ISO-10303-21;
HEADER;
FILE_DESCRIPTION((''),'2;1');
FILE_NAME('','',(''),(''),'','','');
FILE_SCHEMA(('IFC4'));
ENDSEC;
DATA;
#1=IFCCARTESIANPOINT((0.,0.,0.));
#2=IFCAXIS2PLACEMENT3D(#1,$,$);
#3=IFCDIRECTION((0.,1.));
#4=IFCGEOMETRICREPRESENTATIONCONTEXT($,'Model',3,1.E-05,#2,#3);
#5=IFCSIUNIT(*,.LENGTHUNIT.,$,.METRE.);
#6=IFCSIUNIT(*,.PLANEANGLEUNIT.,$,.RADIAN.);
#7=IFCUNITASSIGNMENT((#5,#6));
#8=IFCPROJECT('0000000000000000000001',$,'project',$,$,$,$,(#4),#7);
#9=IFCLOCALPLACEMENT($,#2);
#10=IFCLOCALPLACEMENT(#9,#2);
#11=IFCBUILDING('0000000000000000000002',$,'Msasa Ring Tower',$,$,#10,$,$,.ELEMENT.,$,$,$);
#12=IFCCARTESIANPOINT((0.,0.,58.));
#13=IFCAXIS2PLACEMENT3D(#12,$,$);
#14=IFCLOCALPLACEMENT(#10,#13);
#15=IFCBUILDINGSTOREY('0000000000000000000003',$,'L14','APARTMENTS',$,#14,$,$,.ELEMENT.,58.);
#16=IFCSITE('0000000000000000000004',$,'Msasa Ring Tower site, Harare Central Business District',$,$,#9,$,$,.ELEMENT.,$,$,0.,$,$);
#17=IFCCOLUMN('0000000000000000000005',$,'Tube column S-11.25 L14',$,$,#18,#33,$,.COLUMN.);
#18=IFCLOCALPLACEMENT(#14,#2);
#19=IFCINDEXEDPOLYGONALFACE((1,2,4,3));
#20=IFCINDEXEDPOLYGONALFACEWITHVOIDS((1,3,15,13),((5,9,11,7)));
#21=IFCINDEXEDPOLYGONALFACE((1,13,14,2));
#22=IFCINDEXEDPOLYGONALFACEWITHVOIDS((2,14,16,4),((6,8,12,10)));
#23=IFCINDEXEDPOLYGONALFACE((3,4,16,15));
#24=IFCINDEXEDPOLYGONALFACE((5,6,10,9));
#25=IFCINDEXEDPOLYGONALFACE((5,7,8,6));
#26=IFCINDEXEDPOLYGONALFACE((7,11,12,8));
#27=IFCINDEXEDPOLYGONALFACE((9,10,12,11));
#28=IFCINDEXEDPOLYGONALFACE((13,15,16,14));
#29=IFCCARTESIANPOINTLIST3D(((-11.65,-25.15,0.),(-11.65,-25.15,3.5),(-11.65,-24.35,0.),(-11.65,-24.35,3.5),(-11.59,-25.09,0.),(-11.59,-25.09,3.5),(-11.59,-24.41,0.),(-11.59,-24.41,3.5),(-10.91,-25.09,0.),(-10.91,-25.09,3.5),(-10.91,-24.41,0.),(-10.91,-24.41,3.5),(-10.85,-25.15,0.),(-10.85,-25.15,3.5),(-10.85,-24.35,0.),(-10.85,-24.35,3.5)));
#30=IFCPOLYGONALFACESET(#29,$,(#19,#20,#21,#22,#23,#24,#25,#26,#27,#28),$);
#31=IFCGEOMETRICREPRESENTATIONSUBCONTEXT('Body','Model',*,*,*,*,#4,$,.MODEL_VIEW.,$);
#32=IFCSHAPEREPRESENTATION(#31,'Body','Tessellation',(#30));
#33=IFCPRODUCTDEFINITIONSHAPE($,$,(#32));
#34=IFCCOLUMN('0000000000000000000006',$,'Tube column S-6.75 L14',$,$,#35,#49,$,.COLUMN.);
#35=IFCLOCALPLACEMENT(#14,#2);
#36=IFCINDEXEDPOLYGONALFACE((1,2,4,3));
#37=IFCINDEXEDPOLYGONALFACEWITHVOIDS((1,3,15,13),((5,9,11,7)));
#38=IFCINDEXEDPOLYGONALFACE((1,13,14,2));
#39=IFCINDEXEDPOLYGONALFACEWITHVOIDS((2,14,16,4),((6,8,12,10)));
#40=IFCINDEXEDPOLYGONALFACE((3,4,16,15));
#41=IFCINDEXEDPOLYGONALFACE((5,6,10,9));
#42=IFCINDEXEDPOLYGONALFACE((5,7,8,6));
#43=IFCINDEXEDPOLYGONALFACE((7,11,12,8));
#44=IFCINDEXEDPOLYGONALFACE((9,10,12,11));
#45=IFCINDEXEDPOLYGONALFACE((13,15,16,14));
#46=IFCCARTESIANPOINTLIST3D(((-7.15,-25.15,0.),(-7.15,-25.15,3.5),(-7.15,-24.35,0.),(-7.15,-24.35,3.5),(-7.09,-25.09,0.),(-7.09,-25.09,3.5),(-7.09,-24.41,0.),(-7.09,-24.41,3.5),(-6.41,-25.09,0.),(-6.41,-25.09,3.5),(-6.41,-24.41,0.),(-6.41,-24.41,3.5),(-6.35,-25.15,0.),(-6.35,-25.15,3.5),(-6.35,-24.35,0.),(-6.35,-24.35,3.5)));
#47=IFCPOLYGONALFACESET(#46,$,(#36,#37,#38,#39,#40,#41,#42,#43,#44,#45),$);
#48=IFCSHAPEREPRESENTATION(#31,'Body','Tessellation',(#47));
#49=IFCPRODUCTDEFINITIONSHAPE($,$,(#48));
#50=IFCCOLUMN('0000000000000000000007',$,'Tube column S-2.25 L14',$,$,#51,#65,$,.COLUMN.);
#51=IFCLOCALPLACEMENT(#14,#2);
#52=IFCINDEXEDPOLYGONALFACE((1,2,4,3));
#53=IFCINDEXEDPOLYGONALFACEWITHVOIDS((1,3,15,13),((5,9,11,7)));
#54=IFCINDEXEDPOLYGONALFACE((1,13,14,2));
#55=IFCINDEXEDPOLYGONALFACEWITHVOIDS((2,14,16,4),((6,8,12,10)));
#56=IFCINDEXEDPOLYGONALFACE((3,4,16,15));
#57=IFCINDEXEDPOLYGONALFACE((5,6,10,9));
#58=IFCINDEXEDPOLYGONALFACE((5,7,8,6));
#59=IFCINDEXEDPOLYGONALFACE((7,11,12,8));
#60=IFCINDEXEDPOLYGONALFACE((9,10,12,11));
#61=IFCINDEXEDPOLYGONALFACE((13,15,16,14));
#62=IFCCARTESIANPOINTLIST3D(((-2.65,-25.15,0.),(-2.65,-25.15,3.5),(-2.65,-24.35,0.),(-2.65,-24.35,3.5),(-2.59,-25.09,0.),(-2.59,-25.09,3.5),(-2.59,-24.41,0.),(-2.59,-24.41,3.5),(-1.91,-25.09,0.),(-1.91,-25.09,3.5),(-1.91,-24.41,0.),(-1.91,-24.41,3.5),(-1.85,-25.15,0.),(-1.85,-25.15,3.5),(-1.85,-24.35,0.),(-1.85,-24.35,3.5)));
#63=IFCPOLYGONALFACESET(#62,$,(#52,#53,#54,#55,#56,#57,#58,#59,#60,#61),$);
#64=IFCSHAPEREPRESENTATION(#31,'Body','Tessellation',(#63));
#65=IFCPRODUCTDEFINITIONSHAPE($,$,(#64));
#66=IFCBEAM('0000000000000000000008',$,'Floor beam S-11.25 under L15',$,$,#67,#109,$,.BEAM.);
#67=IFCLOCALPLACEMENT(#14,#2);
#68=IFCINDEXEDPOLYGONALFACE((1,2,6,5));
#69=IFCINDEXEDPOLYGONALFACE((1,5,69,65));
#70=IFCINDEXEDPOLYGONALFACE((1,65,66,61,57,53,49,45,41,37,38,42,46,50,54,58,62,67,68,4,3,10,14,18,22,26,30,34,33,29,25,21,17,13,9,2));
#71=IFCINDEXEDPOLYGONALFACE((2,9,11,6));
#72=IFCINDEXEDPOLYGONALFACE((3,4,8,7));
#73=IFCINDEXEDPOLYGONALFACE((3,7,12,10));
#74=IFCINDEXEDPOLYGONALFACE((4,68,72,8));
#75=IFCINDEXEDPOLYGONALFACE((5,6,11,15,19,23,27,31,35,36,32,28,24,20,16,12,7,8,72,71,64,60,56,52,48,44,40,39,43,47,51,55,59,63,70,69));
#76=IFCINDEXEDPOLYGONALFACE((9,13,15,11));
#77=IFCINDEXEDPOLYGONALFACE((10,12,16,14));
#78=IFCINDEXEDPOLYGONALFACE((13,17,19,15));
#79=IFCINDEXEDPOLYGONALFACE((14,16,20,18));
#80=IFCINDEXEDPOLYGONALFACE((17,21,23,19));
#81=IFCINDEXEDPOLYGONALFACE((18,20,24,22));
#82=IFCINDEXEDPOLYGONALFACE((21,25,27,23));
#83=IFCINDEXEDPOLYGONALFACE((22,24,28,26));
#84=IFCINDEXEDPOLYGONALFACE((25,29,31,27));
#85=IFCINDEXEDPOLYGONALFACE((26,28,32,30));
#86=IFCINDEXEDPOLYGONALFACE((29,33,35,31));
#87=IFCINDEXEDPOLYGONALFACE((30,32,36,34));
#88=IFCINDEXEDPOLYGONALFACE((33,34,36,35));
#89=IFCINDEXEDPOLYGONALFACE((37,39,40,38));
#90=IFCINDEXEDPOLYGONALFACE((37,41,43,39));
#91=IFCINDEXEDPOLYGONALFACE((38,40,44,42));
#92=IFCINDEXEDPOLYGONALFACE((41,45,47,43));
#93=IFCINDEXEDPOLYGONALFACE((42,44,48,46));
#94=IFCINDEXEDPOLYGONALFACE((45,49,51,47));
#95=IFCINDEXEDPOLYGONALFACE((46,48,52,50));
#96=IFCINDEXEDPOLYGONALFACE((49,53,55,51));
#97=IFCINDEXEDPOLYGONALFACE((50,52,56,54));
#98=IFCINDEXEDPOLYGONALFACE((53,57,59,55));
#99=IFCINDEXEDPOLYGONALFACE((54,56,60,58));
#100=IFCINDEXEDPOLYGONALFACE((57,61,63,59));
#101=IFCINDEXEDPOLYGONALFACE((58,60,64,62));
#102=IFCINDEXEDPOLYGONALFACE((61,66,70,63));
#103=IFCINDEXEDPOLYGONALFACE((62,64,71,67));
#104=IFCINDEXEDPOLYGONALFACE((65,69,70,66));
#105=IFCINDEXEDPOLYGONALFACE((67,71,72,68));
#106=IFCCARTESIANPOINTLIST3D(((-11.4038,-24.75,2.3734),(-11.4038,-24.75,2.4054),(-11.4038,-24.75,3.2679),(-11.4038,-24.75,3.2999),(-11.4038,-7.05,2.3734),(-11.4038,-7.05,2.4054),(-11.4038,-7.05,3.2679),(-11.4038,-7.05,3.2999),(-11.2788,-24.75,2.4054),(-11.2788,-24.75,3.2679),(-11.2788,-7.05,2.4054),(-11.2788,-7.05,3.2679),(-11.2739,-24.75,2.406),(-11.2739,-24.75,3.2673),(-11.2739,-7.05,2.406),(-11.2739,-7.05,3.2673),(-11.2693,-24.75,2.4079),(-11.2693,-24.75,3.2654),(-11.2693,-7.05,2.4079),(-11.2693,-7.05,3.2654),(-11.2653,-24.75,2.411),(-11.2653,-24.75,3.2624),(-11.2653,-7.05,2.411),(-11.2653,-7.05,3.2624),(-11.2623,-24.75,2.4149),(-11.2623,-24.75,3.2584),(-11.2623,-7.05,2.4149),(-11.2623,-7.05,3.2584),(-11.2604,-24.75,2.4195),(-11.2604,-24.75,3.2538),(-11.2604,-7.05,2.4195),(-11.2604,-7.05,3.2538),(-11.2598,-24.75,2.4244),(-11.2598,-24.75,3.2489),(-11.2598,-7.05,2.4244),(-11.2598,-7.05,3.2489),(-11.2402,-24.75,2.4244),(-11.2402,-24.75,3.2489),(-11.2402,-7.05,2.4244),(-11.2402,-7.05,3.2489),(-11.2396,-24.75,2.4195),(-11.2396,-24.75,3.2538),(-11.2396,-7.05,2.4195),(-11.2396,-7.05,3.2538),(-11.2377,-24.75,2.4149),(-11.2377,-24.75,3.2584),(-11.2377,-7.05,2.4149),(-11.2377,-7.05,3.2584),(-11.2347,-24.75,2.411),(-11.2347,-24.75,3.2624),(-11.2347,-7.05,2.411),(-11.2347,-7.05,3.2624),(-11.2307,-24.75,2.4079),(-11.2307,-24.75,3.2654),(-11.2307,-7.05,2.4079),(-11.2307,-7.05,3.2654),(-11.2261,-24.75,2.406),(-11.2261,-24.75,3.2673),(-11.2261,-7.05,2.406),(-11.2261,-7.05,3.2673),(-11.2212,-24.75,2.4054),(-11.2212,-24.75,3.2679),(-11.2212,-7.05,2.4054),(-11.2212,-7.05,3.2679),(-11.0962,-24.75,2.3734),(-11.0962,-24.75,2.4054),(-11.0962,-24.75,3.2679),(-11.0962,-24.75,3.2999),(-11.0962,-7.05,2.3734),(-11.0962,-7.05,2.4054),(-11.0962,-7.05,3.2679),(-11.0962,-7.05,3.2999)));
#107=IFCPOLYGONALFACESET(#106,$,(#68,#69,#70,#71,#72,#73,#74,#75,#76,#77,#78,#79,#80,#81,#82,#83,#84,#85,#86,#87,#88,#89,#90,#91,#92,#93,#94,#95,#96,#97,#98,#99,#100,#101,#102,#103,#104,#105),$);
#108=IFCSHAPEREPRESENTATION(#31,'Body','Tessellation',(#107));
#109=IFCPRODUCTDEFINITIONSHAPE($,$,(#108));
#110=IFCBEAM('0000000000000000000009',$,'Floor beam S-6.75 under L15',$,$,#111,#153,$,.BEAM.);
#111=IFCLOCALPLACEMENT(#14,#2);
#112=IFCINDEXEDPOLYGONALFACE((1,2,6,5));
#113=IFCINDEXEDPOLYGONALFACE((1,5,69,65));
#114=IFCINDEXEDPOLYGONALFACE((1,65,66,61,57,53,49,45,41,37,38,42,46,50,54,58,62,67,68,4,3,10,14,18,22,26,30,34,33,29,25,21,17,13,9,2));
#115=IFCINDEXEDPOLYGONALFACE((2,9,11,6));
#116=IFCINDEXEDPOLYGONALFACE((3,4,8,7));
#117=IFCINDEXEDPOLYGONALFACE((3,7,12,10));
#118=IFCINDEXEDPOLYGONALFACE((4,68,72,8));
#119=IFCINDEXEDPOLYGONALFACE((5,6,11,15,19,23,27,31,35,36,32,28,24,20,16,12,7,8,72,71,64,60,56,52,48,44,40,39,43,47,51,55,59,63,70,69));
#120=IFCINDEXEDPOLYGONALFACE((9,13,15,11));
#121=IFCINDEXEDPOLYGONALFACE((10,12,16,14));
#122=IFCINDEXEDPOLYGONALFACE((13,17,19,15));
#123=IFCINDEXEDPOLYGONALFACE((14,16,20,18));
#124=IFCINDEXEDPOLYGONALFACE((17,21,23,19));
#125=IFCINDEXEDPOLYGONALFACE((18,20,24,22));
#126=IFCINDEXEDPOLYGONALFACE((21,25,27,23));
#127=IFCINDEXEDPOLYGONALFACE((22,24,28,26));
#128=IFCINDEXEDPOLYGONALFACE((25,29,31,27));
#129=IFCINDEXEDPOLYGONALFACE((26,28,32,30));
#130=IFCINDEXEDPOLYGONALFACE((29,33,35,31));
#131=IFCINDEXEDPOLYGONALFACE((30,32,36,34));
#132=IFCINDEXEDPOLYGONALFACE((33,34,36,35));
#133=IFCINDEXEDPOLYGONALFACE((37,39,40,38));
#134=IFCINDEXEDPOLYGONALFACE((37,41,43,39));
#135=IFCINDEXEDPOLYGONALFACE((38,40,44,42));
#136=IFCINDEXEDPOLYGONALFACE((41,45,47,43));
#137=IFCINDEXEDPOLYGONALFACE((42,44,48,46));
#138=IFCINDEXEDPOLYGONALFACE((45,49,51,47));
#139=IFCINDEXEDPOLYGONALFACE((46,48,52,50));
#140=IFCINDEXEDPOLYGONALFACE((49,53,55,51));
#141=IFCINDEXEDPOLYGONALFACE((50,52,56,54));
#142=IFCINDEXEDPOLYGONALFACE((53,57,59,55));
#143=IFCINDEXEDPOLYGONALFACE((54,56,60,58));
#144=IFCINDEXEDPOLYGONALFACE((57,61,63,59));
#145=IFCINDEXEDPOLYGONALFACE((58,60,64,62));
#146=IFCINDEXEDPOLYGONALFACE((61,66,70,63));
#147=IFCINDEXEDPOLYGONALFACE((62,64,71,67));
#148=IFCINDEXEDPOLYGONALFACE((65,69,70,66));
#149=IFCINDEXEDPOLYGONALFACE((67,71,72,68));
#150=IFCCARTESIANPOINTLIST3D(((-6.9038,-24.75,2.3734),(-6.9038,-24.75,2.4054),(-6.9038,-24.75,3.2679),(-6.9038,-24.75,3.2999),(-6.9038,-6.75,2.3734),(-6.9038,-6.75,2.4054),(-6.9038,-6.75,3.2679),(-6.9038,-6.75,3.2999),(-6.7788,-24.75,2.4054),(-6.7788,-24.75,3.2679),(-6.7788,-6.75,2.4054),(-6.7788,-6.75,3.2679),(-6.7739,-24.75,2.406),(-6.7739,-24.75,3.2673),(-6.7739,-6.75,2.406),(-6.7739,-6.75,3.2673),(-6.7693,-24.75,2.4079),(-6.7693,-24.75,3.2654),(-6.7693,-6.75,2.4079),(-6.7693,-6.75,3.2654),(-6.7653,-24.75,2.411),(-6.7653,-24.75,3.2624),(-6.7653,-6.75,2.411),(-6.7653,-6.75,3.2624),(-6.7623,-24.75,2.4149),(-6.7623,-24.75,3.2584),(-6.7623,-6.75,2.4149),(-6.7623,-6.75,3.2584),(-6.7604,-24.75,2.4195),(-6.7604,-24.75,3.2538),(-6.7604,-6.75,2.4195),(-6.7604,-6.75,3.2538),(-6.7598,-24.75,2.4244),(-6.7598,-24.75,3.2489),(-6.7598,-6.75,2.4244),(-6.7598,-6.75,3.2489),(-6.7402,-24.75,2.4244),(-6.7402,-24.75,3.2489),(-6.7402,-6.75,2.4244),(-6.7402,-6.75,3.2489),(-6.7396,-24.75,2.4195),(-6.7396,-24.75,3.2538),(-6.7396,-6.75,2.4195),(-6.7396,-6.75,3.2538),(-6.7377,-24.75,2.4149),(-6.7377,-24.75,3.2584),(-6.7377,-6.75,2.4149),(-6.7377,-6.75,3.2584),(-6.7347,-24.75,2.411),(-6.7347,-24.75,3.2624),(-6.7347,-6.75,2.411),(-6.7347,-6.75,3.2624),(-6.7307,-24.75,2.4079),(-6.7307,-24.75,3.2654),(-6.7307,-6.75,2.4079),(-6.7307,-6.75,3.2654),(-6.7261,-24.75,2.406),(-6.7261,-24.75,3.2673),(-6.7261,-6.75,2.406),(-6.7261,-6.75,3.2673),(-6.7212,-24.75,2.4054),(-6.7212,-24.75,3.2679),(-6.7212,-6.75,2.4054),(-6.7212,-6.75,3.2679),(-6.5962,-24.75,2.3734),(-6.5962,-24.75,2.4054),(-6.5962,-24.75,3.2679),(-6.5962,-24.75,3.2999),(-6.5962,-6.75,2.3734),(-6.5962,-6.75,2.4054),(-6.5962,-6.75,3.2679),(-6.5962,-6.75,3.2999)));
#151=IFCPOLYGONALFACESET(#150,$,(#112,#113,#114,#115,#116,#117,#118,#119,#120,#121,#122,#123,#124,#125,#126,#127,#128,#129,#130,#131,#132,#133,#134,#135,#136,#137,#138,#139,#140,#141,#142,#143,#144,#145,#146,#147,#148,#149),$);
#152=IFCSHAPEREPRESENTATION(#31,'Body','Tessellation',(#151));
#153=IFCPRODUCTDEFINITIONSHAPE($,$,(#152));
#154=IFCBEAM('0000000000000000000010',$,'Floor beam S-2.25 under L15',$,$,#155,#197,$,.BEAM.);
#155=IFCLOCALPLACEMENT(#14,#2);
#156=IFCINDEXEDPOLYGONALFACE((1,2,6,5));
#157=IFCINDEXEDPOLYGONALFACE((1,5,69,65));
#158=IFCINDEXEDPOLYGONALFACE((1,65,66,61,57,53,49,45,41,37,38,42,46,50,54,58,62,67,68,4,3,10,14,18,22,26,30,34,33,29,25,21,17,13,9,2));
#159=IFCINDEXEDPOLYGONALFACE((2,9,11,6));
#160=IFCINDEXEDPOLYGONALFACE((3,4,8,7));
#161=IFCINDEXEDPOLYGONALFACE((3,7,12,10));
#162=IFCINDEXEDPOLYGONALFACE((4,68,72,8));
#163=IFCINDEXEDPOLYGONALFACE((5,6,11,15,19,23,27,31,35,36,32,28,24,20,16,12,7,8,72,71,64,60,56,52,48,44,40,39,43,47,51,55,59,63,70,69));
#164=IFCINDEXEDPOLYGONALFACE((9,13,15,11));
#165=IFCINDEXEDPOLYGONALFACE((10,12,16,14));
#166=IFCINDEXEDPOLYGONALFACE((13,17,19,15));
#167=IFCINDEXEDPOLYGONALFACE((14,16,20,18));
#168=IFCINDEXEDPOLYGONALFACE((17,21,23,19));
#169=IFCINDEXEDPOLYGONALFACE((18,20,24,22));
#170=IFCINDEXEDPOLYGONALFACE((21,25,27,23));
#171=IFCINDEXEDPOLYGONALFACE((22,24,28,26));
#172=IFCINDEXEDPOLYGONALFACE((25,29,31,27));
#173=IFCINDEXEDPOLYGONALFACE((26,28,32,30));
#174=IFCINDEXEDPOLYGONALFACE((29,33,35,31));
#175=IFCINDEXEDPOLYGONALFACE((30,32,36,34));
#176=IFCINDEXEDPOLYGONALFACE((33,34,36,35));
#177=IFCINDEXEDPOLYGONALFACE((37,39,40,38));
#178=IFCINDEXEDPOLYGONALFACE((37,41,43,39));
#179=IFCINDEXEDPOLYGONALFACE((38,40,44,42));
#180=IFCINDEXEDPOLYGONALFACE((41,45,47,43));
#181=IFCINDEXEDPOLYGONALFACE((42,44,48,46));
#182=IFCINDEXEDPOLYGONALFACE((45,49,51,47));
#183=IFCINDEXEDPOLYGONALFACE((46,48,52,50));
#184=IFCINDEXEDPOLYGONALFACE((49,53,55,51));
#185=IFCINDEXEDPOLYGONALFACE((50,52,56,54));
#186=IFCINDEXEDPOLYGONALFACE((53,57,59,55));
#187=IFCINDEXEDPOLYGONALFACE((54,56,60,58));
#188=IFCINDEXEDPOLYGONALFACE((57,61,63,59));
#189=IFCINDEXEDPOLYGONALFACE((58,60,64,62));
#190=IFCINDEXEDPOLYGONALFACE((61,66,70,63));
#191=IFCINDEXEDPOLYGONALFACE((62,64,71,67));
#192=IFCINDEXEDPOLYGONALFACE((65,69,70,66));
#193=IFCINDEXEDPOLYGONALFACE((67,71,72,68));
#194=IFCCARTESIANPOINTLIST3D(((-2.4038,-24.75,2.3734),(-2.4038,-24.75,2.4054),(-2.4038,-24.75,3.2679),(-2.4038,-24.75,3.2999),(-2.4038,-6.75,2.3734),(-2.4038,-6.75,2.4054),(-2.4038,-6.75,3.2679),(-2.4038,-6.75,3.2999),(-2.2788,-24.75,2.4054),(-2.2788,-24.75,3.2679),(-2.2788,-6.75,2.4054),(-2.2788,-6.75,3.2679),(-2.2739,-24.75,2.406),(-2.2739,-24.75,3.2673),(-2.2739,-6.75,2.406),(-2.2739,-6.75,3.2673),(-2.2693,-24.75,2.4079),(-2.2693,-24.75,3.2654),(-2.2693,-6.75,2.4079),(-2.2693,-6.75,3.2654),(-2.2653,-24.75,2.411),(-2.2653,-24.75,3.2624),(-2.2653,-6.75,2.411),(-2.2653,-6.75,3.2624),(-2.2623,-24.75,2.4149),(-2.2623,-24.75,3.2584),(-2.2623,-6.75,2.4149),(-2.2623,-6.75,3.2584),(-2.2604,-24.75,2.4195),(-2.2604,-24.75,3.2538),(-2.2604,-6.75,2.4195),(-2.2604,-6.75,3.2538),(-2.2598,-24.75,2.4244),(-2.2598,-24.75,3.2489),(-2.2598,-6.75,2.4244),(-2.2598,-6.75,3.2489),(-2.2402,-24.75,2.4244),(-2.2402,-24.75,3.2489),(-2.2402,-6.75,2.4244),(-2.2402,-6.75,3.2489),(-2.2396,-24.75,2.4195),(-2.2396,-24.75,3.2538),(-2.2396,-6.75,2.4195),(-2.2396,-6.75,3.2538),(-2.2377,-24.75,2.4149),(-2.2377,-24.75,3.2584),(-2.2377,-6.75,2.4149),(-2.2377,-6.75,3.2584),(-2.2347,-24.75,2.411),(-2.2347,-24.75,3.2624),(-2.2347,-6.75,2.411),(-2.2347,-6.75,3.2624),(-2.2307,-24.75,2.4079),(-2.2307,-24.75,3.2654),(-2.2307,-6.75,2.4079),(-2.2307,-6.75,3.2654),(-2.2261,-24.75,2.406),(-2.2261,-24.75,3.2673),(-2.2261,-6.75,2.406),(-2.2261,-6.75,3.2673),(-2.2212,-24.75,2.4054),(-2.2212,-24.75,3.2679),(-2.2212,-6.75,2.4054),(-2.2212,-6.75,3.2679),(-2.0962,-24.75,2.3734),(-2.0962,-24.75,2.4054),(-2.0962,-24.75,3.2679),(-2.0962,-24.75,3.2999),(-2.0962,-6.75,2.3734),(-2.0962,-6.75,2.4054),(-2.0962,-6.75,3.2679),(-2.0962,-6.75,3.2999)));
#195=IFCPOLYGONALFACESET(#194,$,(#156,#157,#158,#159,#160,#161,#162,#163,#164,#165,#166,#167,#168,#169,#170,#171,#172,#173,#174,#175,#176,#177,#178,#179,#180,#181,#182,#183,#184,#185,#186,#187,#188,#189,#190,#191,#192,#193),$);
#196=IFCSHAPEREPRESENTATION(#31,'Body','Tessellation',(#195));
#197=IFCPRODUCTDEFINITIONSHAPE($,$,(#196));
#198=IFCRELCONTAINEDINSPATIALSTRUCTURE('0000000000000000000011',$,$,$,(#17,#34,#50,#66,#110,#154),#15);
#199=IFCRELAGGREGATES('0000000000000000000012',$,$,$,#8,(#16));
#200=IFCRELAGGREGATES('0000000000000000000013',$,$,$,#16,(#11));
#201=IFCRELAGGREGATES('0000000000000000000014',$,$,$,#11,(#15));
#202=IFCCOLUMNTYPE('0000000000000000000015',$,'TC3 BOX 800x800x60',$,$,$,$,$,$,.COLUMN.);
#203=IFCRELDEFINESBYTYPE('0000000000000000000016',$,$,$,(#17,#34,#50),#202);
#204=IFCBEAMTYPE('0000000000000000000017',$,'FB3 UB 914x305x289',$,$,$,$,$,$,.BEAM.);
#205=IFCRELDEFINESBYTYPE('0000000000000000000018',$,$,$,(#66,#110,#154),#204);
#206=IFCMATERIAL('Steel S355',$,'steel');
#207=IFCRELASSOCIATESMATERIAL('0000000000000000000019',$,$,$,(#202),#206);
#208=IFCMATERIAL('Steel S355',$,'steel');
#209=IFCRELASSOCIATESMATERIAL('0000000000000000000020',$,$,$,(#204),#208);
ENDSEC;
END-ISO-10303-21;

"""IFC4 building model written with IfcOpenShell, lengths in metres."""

from ifc_helpers import new_model, si_unit, direction, frame, origin, origin_2d, place, context, subcontext, project, spatial, hollow_rectangle, i_section, extrude, material, material_profile, profile_set, type_object, element, save


model = new_model("IFC4")

# Units and contexts
model_context = context("Model", 3, precision=1e-05, world=origin(), true_north=direction((0.0, 1.0)))
body_context = subcontext(model_context, "Body", "Model", "MODEL_VIEW")
ifc_project = project(units=[si_unit("LENGTHUNIT", "METRE"), si_unit("PLANEANGLEUNIT", "RADIAN")], contexts=[model_context])

# Site, building, storey
site_placement = place(None, origin())
site = spatial("IfcSite", under=ifc_project, at=site_placement, Name="Msasa Ring Tower site, Harare Central Business District", CompositionType="ELEMENT", RefElevation=0.0)
building_placement = place(site_placement, origin())
building = spatial("IfcBuilding", under=site, at=building_placement, Name="Msasa Ring Tower", CompositionType="ELEMENT")
storey_placement = place(building_placement, frame((0.0, 0.0, 58.0)))
storey = spatial("IfcBuildingStorey", under=building, at=storey_placement, Name="L14", Description="APARTMENTS", CompositionType="ELEMENT", Elevation=58.0)

# Columns
ifc_material_1 = material(Name="Steel S355", Category="steel")
ifc_material_profile_1 = material_profile(ifc_material_1, hollow_rectangle(XDim=0.8, YDim=0.8, WallThickness=0.0601, at=origin_2d()), Name="BOX 800x800x60")
ifc_profile_set_1 = profile_set([ifc_material_profile_1], Name="Steel S355")
column_type = type_object("IfcColumnType", Name="TC3 BOX 800x800x60", PredefinedType="COLUMN", material=ifc_profile_set_1)
for number, where, z_axis, x_axis, name in (
    (1, (-11.25, -24.75, 0.0), (0.0, 0.0, 1.0), (0.0, 1.0, 0.0), "Tube column S-11.25 L14"),
    (2, (-6.75, -24.75, 0.0), (0.0, 0.0, 1.0), (0.0, 1.0, 0.0), "Tube column S-6.75 L14"),
    (3, (-2.25, -24.75, 0.0), (0.0, 0.0, 1.0), (0.0, 1.0, 0.0), "Tube column S-2.25 L14"),
):
    element("IfcColumn", number, at=place(storey_placement, frame(where, z_axis=z_axis, x_axis=x_axis)), inside=storey, type_object=column_type, Name=name, PredefinedType="COLUMN", context=body_context, shape_type="SweptSolid", body=[
        extrude(hollow_rectangle(XDim=0.8, YDim=0.8, WallThickness=0.0601, at=origin_2d()), origin(), (0.0, 0.0, 1.0), 3.5),
    ])

# Beams
ifc_material_2 = material(Name="Steel S355", Category="steel")
ifc_material_profile_2 = material_profile(ifc_material_2, i_section(OverallWidth=0.3076, OverallDepth=0.9265, WebThickness=0.0195, FlangeThickness=0.032, FilletRadius=0.019, at=origin_2d()), Name="UB 914x305x289")
ifc_profile_set_2 = profile_set([ifc_material_profile_2], Name="Steel S355")
beam_type_1 = type_object("IfcBeamType", Name="FB3 UB 914x305x289", PredefinedType="BEAM", material=ifc_profile_set_2)
beam_placement = place(storey_placement, frame((-11.25, -24.75, 2.8367), z_axis=(0.0, 1.0, 0.0), x_axis=(-1.0, 0.0, 0.0)))
element("IfcBeam", 4, at=beam_placement, inside=storey, type_object=beam_type_1, Name="Floor beam S-11.25 under L15", PredefinedType="BEAM", context=body_context, shape_type="SweptSolid", body=[
    extrude(i_section(OverallWidth=0.3076, OverallDepth=0.9265, WebThickness=0.0195, FlangeThickness=0.032, FilletRadius=0.019, at=origin_2d()), origin(), (0.0, 0.0, 1.0), 17.7),
])
for number, where, z_axis, x_axis, name in (
    (5, (-6.75, -24.75, 2.8367), (0.0, 1.0, 0.0), (-1.0, 0.0, 0.0), "Floor beam S-6.75 under L15"),
    (6, (-2.25, -24.75, 2.8367), (0.0, 1.0, 0.0), (-1.0, 0.0, 0.0), "Floor beam S-2.25 under L15"),
):
    element("IfcBeam", number, at=place(storey_placement, frame(where, z_axis=z_axis, x_axis=x_axis)), inside=storey, type_object=beam_type_1, Name=name, PredefinedType="BEAM", context=body_context, shape_type="SweptSolid", body=[
        extrude(i_section(OverallWidth=0.3076, OverallDepth=0.9265, WebThickness=0.0195, FlangeThickness=0.032, FilletRadius=0.019, at=origin_2d()), origin(), (0.0, 0.0, 1.0), 18.0),
    ])

save(model, "model.ifc")
